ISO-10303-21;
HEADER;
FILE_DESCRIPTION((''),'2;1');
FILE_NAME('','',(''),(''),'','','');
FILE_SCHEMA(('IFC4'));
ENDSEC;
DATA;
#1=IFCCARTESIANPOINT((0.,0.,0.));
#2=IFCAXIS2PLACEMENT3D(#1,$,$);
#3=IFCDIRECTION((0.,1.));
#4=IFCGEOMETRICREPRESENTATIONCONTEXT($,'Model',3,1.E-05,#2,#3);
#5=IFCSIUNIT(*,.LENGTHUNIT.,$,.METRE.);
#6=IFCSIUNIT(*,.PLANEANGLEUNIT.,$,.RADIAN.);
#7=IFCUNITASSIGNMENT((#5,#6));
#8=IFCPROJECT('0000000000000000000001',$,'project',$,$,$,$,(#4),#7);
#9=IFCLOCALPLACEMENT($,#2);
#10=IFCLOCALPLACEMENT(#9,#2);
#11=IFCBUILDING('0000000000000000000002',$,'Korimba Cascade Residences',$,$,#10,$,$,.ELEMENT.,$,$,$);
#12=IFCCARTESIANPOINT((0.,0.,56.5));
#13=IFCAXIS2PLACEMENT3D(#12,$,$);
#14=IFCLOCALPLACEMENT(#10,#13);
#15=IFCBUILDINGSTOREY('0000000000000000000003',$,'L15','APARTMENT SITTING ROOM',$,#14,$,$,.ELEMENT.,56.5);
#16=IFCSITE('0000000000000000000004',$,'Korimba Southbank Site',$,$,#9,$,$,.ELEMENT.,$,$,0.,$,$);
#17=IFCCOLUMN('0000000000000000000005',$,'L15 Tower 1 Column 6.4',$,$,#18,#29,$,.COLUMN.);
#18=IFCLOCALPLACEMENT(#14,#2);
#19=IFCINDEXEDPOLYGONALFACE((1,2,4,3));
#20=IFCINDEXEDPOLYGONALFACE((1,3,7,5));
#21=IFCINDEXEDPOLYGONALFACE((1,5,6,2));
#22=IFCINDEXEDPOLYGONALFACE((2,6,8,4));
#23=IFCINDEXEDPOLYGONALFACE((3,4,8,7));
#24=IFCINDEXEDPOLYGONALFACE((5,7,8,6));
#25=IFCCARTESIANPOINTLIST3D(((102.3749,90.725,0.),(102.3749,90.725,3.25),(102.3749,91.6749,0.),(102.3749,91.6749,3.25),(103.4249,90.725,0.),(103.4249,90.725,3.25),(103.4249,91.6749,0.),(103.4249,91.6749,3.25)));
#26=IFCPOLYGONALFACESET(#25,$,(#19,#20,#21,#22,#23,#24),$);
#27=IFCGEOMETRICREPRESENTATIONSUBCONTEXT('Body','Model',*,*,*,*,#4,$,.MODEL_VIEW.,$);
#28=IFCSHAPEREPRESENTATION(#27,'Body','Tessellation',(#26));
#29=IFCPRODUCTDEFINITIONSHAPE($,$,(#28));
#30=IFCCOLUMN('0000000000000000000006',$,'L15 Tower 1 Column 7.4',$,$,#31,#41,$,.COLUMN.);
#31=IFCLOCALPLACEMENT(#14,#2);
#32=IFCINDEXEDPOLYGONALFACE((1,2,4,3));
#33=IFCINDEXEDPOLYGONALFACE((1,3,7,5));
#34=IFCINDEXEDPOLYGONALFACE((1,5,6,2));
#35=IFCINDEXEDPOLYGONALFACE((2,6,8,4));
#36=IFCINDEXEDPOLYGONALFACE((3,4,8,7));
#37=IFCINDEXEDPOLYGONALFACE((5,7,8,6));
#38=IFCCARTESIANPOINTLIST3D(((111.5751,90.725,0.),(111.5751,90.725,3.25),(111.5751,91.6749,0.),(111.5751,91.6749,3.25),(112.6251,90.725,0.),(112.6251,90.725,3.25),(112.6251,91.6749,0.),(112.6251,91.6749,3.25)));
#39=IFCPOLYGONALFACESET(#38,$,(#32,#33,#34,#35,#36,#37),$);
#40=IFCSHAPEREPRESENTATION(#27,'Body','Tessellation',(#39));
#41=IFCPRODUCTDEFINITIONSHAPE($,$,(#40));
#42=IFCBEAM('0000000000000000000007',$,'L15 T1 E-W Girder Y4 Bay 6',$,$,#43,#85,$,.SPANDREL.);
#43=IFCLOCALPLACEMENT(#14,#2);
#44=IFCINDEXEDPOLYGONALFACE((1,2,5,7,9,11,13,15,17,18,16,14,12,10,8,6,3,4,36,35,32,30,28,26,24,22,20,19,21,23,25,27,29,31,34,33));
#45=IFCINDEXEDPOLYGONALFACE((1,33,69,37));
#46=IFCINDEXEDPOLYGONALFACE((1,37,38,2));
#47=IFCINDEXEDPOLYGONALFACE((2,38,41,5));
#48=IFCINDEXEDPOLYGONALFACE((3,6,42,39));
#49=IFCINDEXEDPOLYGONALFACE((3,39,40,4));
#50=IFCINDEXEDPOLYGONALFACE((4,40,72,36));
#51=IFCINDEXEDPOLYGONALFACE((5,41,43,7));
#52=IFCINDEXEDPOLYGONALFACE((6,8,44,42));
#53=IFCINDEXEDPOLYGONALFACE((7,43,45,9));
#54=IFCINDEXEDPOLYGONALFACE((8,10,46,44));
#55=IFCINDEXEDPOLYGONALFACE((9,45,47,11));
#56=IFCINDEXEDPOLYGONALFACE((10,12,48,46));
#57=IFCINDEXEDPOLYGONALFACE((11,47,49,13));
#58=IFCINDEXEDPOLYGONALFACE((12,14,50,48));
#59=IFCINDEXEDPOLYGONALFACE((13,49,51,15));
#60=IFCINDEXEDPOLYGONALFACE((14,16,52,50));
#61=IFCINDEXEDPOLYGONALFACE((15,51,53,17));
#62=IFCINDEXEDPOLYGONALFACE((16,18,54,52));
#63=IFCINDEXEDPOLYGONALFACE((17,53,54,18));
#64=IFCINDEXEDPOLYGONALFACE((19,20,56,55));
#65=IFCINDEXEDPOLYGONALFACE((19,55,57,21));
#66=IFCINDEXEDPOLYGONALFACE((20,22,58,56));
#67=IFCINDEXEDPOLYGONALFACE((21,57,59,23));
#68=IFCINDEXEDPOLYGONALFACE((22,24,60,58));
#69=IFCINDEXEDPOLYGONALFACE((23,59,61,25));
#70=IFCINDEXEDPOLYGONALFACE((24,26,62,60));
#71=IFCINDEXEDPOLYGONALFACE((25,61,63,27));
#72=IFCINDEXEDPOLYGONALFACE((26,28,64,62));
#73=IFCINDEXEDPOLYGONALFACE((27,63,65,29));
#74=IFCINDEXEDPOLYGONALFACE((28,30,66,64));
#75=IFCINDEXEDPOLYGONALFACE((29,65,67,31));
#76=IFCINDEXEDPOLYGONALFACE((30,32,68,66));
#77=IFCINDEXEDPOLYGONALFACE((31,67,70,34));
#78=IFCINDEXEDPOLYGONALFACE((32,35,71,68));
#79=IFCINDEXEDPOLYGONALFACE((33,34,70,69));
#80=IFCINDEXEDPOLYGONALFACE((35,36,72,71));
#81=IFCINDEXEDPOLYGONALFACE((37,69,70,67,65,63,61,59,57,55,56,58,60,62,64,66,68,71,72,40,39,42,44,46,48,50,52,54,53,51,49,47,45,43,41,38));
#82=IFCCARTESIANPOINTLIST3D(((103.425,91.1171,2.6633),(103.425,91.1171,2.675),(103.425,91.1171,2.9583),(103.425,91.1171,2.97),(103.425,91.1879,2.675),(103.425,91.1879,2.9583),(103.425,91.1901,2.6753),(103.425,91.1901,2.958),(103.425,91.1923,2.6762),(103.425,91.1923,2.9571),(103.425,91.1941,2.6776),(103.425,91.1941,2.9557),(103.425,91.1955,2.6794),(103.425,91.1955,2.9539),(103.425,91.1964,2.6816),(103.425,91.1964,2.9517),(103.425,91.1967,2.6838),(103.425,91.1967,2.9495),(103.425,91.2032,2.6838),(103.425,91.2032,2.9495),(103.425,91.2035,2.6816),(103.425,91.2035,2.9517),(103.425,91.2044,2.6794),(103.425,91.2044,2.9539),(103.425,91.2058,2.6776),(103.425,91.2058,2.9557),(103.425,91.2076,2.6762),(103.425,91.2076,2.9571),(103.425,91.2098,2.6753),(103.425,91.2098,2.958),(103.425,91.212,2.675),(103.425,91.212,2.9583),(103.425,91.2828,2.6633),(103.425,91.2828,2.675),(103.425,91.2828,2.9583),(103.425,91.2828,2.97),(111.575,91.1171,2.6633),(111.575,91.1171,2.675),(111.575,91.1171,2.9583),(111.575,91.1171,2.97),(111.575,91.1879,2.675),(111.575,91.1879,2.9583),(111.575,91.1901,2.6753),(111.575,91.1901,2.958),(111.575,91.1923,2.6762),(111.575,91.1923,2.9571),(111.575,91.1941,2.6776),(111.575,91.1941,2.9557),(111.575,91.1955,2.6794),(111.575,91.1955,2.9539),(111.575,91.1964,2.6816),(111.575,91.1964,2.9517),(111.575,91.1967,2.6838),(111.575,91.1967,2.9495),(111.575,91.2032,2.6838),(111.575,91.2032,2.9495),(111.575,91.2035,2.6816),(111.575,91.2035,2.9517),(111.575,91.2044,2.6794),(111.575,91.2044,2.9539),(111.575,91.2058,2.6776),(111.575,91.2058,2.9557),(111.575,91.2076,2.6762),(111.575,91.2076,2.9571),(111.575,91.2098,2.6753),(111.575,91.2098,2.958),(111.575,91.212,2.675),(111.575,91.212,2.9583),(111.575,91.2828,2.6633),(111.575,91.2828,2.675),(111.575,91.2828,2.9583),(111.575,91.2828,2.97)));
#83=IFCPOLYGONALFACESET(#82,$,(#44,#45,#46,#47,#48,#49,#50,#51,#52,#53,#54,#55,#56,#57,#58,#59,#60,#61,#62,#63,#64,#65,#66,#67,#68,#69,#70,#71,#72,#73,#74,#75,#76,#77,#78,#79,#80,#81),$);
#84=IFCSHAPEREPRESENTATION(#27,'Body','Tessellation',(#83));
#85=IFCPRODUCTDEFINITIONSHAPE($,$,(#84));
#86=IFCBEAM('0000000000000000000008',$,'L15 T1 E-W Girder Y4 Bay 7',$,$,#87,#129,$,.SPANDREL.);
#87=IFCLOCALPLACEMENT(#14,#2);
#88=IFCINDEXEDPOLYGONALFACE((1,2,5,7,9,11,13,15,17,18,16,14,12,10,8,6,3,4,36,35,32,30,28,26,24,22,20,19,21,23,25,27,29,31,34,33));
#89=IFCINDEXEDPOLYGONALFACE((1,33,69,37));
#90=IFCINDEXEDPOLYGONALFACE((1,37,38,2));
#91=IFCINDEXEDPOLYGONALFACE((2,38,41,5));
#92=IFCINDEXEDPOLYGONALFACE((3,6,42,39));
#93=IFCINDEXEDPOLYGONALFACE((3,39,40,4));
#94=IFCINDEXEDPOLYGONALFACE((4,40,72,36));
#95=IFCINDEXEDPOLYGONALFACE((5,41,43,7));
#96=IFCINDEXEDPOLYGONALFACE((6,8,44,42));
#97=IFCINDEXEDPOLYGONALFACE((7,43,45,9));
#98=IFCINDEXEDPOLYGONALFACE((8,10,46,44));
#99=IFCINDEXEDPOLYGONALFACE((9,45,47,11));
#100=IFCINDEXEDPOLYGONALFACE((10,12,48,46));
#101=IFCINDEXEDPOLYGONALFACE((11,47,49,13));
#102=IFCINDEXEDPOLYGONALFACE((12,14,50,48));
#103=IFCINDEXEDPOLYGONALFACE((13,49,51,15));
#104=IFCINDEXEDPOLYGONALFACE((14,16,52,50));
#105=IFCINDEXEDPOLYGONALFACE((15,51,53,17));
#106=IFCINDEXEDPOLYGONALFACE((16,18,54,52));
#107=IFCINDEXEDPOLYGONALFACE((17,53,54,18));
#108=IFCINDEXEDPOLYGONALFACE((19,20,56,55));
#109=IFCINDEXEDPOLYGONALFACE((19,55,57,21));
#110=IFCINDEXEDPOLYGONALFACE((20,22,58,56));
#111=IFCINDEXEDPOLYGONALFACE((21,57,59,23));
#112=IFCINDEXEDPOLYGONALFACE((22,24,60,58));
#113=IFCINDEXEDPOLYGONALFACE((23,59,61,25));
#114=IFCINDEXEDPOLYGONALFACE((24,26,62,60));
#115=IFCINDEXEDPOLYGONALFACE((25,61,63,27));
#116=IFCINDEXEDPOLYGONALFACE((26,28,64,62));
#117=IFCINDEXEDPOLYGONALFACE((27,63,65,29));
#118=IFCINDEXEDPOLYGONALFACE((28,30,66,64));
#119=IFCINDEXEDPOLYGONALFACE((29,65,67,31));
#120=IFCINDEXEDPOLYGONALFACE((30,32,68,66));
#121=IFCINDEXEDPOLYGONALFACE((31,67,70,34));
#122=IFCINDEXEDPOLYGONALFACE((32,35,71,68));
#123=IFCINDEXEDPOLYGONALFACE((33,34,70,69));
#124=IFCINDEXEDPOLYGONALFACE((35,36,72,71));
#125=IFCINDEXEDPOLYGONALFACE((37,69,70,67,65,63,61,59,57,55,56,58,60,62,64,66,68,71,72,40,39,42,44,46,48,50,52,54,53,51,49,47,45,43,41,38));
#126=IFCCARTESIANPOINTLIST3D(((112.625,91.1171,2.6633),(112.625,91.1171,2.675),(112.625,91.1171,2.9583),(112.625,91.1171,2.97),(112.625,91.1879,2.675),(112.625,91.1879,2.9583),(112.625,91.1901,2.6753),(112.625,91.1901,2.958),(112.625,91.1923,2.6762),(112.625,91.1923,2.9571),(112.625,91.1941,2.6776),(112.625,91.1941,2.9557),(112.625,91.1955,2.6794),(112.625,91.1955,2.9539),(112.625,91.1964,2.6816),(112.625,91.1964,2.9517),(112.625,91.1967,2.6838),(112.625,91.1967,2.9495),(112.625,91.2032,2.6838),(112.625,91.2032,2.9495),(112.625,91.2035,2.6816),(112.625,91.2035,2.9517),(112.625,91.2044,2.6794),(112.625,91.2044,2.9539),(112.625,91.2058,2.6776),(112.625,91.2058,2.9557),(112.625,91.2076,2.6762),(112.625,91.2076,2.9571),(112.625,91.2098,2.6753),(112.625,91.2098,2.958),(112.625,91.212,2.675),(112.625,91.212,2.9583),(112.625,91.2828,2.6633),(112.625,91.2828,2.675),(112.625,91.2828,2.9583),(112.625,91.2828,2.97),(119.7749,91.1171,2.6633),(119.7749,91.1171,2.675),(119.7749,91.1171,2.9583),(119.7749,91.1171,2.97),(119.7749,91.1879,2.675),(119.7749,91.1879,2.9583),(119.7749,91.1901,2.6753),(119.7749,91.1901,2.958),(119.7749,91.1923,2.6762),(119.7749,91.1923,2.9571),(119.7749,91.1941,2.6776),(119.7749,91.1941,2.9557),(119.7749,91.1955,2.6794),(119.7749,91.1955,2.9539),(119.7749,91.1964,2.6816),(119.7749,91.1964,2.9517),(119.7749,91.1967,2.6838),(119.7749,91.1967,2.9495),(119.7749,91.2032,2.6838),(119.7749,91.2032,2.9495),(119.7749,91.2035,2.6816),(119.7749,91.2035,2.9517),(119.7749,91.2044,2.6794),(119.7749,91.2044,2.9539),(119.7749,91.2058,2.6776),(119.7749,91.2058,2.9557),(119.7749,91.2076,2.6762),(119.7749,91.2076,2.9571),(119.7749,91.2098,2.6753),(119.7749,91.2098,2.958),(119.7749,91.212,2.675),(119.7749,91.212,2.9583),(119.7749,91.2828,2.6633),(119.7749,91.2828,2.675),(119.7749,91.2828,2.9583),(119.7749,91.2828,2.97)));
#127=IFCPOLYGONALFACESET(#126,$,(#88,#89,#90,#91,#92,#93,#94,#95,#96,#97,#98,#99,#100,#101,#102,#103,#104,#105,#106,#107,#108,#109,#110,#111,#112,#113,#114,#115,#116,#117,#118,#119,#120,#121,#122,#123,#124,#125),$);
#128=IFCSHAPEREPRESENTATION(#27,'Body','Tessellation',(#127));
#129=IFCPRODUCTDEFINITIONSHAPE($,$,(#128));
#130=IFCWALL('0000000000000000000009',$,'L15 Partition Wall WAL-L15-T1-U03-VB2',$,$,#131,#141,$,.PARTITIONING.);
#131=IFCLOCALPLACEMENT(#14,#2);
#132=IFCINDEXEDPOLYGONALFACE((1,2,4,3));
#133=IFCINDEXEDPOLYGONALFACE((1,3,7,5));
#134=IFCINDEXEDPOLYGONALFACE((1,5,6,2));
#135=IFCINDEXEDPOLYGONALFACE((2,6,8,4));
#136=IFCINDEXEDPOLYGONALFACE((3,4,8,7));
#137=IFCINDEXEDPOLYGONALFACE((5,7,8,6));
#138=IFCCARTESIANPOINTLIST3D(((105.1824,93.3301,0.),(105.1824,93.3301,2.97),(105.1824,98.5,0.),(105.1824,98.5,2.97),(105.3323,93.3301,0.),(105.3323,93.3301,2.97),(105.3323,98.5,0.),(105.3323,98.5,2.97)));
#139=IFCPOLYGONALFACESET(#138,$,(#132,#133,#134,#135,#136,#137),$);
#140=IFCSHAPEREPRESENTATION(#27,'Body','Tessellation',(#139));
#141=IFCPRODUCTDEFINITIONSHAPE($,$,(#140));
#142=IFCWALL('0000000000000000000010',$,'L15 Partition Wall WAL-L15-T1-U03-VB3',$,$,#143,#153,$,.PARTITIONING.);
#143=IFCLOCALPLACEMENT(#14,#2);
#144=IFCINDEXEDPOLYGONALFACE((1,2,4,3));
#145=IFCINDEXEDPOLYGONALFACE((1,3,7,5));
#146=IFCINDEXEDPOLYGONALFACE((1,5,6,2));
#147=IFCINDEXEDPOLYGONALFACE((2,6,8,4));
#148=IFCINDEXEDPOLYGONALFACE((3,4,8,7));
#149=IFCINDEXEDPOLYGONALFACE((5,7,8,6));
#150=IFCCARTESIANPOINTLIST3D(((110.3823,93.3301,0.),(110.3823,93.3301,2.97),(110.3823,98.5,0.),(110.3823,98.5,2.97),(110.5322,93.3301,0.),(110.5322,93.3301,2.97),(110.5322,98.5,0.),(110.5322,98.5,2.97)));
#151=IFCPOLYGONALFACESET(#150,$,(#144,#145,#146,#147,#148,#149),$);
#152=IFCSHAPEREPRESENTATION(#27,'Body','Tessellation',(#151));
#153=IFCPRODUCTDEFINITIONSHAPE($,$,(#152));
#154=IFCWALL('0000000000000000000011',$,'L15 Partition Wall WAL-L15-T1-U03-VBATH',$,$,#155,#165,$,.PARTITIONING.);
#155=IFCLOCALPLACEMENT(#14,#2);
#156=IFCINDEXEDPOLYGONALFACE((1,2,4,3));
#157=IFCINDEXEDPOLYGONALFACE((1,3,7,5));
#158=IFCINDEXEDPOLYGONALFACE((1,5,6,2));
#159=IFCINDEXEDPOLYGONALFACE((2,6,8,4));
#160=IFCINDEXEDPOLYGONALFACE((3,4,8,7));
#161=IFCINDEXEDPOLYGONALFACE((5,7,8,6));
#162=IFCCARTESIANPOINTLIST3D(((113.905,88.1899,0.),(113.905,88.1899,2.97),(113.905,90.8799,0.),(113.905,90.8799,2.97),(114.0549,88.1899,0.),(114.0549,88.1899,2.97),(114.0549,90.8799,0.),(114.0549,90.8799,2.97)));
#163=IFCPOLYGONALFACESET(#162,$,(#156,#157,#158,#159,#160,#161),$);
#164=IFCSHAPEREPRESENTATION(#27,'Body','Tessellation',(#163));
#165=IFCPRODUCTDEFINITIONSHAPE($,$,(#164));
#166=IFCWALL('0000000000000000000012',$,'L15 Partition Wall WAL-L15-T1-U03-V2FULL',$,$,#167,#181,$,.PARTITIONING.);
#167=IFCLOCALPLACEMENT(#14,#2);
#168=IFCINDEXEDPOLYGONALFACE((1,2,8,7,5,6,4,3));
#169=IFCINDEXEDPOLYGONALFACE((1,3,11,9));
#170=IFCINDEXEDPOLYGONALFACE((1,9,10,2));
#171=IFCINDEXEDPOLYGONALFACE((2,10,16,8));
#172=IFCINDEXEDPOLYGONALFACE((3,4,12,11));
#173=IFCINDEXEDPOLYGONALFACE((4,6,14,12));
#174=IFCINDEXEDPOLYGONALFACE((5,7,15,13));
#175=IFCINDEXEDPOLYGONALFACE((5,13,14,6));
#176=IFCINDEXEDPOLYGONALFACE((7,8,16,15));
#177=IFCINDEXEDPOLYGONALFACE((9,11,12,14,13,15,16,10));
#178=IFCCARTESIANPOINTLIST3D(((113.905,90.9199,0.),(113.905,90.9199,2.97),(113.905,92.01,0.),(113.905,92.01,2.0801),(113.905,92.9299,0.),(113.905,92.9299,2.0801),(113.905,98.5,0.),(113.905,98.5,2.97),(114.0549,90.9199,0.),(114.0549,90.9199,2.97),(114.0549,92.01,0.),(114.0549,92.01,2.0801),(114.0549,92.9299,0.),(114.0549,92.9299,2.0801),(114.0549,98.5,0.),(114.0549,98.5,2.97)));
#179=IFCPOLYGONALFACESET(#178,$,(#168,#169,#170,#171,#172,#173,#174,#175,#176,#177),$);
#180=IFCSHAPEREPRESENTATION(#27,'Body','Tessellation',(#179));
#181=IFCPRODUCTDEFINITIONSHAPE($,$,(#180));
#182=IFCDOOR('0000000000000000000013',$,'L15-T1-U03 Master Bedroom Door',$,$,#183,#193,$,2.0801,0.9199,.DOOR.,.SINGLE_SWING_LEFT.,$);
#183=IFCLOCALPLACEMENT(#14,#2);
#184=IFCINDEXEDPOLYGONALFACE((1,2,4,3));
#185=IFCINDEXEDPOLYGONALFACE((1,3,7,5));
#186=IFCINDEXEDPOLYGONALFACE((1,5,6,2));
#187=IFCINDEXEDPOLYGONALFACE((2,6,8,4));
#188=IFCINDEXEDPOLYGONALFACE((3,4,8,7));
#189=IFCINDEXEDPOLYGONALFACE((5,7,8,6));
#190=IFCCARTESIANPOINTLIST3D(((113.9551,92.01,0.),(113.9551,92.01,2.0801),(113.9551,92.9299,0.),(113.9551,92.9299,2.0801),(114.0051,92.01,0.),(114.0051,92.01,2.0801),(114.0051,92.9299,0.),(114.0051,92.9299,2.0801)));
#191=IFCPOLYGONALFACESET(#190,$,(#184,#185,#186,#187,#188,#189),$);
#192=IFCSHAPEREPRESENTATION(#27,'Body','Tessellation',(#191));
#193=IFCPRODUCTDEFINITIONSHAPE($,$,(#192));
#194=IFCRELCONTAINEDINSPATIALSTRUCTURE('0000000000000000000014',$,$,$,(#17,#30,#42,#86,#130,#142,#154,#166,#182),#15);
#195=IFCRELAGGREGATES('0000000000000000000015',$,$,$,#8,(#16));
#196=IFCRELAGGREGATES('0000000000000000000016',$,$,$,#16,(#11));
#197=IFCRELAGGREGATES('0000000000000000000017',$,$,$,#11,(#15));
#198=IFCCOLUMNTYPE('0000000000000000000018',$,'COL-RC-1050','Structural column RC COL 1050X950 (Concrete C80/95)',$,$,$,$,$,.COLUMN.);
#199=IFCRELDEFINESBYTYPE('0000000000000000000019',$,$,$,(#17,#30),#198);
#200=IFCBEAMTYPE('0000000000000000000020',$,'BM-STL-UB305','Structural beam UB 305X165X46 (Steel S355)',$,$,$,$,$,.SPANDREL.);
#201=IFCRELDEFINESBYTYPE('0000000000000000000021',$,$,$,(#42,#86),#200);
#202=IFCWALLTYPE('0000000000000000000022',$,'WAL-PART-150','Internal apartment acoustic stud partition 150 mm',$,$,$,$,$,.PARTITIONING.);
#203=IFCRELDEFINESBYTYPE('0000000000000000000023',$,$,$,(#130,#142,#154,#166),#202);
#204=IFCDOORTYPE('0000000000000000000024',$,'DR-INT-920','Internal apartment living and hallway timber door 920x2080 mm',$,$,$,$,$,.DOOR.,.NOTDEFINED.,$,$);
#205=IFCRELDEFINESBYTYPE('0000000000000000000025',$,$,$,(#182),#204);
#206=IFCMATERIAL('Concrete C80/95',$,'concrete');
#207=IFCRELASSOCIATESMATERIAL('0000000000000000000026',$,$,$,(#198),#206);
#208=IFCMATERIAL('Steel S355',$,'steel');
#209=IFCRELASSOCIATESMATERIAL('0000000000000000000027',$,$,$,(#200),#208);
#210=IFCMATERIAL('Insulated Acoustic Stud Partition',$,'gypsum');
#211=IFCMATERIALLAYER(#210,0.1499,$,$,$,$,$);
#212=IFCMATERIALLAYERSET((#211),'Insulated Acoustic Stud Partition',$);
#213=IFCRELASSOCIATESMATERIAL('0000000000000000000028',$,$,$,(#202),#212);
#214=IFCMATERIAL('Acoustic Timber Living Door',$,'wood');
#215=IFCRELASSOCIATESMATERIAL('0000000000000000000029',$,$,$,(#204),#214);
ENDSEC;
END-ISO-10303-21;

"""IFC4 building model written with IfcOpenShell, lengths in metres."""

from ifc_helpers import new_model, si_unit, direction, frame, frame_2d, origin, origin_2d, place, context, subcontext, project, spatial, rectangle, i_section, extrude, material, layer, layer_set, material_profile, profile_set, type_object, element, fill, save


model = new_model("IFC4")

# Units and contexts
model_context = context("Model", 3, precision=1e-05, world=origin(), true_north=direction((0.0, 1.0)))
body_context = subcontext(model_context, "Body", "Model", "MODEL_VIEW")
ifc_project = project(units=[si_unit("LENGTHUNIT", "METRE"), si_unit("PLANEANGLEUNIT", "RADIAN")], contexts=[model_context])

# Site, building, storey
site_placement = place(None, origin())
site = spatial("IfcSite", under=ifc_project, at=site_placement, Name="Korimba Southbank Site", CompositionType="ELEMENT", RefElevation=0.0)
building_placement = place(site_placement, origin())
building = spatial("IfcBuilding", under=site, at=building_placement, Name="Korimba Cascade Residences", CompositionType="ELEMENT")
storey_placement = place(building_placement, frame((0.0, 0.0, 56.5)))
storey = spatial("IfcBuildingStorey", under=building, at=storey_placement, Name="L15", Description="APARTMENT SITTING ROOM", CompositionType="ELEMENT", Elevation=56.5)

# Columns
ifc_material_1 = material(Name="Concrete C80/95", Category="concrete")
ifc_material_profile_1 = material_profile(ifc_material_1, rectangle(XDim=1.05, YDim=0.95, at=origin_2d()), Name="Concrete C80/95")
ifc_profile_set_1 = profile_set([ifc_material_profile_1], Name="Concrete C80/95")
column_type = type_object("IfcColumnType", Name="COL-RC-1050", Description="Structural column RC COL 1050X950 (Concrete C80/95)", PredefinedType="COLUMN", material=ifc_profile_set_1)
for number, where, z_axis, x_axis, name in (
    (1, (102.8999, 91.2, 0.0), (0.0, 0.0, 1.0), (1.0, 0.0, 0.0), "L15 Tower 1 Column 6.4"),
    (2, (112.1001, 91.2, 0.0), (0.0, 0.0, 1.0), (1.0, 0.0, 0.0), "L15 Tower 1 Column 7.4"),
):
    element("IfcColumn", number, at=place(storey_placement, frame(where, z_axis=z_axis, x_axis=x_axis)), inside=storey, type_object=column_type, Name=name, PredefinedType="COLUMN", context=body_context, shape_type="SweptSolid", body=[
        extrude(rectangle(XDim=1.05, YDim=0.95, at=origin_2d()), origin(), (0.0, 0.0, 1.0), 3.25),
    ])

# Beams
ifc_material_2 = material(Name="Steel S355", Category="steel")
ifc_material_profile_2 = material_profile(ifc_material_2, i_section(OverallWidth=0.1658, OverallDepth=0.3066, WebThickness=0.0066, FlangeThickness=0.0117, FilletRadius=0.0088, at=origin_2d()), Name="Steel S355")
ifc_profile_set_2 = profile_set([ifc_material_profile_2], Name="Steel S355")
beam_type = type_object("IfcBeamType", Name="BM-STL-UB305", Description="Structural beam UB 305X165X46 (Steel S355)", PredefinedType="SPANDREL", material=ifc_profile_set_2)
beam_1_placement = place(storey_placement, frame((103.425, 91.2, 2.8167), z_axis=(1.0, 0.0, 0.0), x_axis=(0.0, 1.0, 0.0)))
element("IfcBeam", 3, at=beam_1_placement, inside=storey, type_object=beam_type, Name="L15 T1 E-W Girder Y4 Bay 6", PredefinedType="SPANDREL", context=body_context, shape_type="SweptSolid", body=[
    extrude(i_section(OverallWidth=0.1658, OverallDepth=0.3066, WebThickness=0.0066, FlangeThickness=0.0117, FilletRadius=0.0088, at=origin_2d()), origin(), (0.0, 0.0, 1.0), 8.1499),
])
beam_2_placement = place(storey_placement, frame((112.625, 91.2, 2.8167), z_axis=(1.0, 0.0, 0.0), x_axis=(0.0, 1.0, 0.0)))
element("IfcBeam", 4, at=beam_2_placement, inside=storey, type_object=beam_type, Name="L15 T1 E-W Girder Y4 Bay 7", PredefinedType="SPANDREL", context=body_context, shape_type="SweptSolid", body=[
    extrude(i_section(OverallWidth=0.1658, OverallDepth=0.3066, WebThickness=0.0066, FlangeThickness=0.0117, FilletRadius=0.0088, at=origin_2d()), origin(), (0.0, 0.0, 1.0), 7.1499),
])

# Walls
ifc_material_3 = material(Name="Insulated Acoustic Stud Partition", Category="gypsum")
ifc_layer = layer(ifc_material_3, 0.1499)
ifc_layer_set = layer_set([ifc_layer], Name="Insulated Acoustic Stud Partition")
wall_type = type_object("IfcWallType", Name="WAL-PART-150", Description="Internal apartment acoustic stud partition 150 mm", PredefinedType="PARTITIONING", material=ifc_layer_set)
for number, where, z_axis, x_axis, name in (
    (5, (105.2573, 93.3301, 0.0), (0.0, 0.0, 1.0), (0.0, 1.0, 0.0), "L15 Partition Wall WAL-L15-T1-U03-VB2"),
    (6, (110.4573, 93.3301, 0.0), (0.0, 0.0, 1.0), (0.0, 1.0, 0.0), "L15 Partition Wall WAL-L15-T1-U03-VB3"),
):
    element("IfcWall", number, at=place(storey_placement, frame(where, z_axis=z_axis, x_axis=x_axis)), inside=storey, type_object=wall_type, Name=name, PredefinedType="PARTITIONING", context=body_context, shape_type="SweptSolid", body=[
        extrude(rectangle(XDim=5.1699, YDim=0.1499, at=frame_2d((2.585, 0.0))), origin(), (0.0, 0.0, 1.0), 2.97),
    ])
wall_1_placement = place(storey_placement, frame((113.98, 88.1899, 0.0), z_axis=(0.0, 0.0, 1.0), x_axis=(0.0, 1.0, 0.0)))
element("IfcWall", 7, at=wall_1_placement, inside=storey, type_object=wall_type, Name="L15 Partition Wall WAL-L15-T1-U03-VBATH", PredefinedType="PARTITIONING", context=body_context, shape_type="SweptSolid", body=[
    extrude(rectangle(XDim=2.6899, YDim=0.1499, at=frame_2d((1.345, 0.0))), origin(), (0.0, 0.0, 1.0), 2.97),
])

# Wall, opening, door
wall_2_placement = place(storey_placement, frame((113.98, 90.9199, 0.0), z_axis=(0.0, 0.0, 1.0), x_axis=(0.0, 1.0, 0.0)))
wall_2 = element("IfcWall", 8, at=wall_2_placement, inside=storey, type_object=wall_type, Name="L15 Partition Wall WAL-L15-T1-U03-V2FULL", PredefinedType="PARTITIONING", context=body_context, shape_type="SweptSolid", body=[
    extrude(rectangle(XDim=7.5801, YDim=0.1499, at=frame_2d((3.79, 0.0))), origin(), (0.0, 0.0, 1.0), 2.97),
])
opening_1_placement = place(wall_2_placement, frame((1.0901, 0.0, 0.0)))
opening_1 = element("IfcOpeningElement", 9, at=opening_1_placement, cuts=wall_2, PredefinedType="OPENING", context=body_context, shape_type="SweptSolid", body=[
    extrude(rectangle(XDim=0.9199, YDim=2.0801, at=frame_2d((0.46, 1.04))), frame((0.0, 0.085, 0.0), z_axis=(0.0, -1.0, 0.0), x_axis=(1.0, 0.0, 0.0)), (0.0, 0.0, 1.0), 0.1699),
])
ifc_material_4 = material(Name="Acoustic Timber Living Door", Category="wood")
door_type_1 = type_object("IfcDoorType", Name="DR-INT-920", Description="Internal apartment living and hallway timber door 920x2080 mm", OperationType="NOTDEFINED", PredefinedType="DOOR", material=ifc_material_4)
door_1_placement = place(opening_1_placement, origin())
door_1 = element("IfcDoor", 10, at=door_1_placement, inside=storey, type_object=door_type_1, Name="L15-T1-U03 Master Bedroom Door", OperationType="SINGLE_SWING_LEFT", OverallHeight=2.0801, OverallWidth=0.9199, PredefinedType="DOOR", context=body_context, shape_type="SweptSolid", body=[
    extrude(rectangle(XDim=0.9199, YDim=2.0801, at=frame_2d((0.46, 1.04))), frame((0.0, 0.0249, 0.0), z_axis=(0.0, -1.0, 0.0), x_axis=(1.0, 0.0, 0.0)), (0.0, 0.0, 1.0), 0.05),
])
fill(opening_1, door_1)

save(model, "model.ifc")
